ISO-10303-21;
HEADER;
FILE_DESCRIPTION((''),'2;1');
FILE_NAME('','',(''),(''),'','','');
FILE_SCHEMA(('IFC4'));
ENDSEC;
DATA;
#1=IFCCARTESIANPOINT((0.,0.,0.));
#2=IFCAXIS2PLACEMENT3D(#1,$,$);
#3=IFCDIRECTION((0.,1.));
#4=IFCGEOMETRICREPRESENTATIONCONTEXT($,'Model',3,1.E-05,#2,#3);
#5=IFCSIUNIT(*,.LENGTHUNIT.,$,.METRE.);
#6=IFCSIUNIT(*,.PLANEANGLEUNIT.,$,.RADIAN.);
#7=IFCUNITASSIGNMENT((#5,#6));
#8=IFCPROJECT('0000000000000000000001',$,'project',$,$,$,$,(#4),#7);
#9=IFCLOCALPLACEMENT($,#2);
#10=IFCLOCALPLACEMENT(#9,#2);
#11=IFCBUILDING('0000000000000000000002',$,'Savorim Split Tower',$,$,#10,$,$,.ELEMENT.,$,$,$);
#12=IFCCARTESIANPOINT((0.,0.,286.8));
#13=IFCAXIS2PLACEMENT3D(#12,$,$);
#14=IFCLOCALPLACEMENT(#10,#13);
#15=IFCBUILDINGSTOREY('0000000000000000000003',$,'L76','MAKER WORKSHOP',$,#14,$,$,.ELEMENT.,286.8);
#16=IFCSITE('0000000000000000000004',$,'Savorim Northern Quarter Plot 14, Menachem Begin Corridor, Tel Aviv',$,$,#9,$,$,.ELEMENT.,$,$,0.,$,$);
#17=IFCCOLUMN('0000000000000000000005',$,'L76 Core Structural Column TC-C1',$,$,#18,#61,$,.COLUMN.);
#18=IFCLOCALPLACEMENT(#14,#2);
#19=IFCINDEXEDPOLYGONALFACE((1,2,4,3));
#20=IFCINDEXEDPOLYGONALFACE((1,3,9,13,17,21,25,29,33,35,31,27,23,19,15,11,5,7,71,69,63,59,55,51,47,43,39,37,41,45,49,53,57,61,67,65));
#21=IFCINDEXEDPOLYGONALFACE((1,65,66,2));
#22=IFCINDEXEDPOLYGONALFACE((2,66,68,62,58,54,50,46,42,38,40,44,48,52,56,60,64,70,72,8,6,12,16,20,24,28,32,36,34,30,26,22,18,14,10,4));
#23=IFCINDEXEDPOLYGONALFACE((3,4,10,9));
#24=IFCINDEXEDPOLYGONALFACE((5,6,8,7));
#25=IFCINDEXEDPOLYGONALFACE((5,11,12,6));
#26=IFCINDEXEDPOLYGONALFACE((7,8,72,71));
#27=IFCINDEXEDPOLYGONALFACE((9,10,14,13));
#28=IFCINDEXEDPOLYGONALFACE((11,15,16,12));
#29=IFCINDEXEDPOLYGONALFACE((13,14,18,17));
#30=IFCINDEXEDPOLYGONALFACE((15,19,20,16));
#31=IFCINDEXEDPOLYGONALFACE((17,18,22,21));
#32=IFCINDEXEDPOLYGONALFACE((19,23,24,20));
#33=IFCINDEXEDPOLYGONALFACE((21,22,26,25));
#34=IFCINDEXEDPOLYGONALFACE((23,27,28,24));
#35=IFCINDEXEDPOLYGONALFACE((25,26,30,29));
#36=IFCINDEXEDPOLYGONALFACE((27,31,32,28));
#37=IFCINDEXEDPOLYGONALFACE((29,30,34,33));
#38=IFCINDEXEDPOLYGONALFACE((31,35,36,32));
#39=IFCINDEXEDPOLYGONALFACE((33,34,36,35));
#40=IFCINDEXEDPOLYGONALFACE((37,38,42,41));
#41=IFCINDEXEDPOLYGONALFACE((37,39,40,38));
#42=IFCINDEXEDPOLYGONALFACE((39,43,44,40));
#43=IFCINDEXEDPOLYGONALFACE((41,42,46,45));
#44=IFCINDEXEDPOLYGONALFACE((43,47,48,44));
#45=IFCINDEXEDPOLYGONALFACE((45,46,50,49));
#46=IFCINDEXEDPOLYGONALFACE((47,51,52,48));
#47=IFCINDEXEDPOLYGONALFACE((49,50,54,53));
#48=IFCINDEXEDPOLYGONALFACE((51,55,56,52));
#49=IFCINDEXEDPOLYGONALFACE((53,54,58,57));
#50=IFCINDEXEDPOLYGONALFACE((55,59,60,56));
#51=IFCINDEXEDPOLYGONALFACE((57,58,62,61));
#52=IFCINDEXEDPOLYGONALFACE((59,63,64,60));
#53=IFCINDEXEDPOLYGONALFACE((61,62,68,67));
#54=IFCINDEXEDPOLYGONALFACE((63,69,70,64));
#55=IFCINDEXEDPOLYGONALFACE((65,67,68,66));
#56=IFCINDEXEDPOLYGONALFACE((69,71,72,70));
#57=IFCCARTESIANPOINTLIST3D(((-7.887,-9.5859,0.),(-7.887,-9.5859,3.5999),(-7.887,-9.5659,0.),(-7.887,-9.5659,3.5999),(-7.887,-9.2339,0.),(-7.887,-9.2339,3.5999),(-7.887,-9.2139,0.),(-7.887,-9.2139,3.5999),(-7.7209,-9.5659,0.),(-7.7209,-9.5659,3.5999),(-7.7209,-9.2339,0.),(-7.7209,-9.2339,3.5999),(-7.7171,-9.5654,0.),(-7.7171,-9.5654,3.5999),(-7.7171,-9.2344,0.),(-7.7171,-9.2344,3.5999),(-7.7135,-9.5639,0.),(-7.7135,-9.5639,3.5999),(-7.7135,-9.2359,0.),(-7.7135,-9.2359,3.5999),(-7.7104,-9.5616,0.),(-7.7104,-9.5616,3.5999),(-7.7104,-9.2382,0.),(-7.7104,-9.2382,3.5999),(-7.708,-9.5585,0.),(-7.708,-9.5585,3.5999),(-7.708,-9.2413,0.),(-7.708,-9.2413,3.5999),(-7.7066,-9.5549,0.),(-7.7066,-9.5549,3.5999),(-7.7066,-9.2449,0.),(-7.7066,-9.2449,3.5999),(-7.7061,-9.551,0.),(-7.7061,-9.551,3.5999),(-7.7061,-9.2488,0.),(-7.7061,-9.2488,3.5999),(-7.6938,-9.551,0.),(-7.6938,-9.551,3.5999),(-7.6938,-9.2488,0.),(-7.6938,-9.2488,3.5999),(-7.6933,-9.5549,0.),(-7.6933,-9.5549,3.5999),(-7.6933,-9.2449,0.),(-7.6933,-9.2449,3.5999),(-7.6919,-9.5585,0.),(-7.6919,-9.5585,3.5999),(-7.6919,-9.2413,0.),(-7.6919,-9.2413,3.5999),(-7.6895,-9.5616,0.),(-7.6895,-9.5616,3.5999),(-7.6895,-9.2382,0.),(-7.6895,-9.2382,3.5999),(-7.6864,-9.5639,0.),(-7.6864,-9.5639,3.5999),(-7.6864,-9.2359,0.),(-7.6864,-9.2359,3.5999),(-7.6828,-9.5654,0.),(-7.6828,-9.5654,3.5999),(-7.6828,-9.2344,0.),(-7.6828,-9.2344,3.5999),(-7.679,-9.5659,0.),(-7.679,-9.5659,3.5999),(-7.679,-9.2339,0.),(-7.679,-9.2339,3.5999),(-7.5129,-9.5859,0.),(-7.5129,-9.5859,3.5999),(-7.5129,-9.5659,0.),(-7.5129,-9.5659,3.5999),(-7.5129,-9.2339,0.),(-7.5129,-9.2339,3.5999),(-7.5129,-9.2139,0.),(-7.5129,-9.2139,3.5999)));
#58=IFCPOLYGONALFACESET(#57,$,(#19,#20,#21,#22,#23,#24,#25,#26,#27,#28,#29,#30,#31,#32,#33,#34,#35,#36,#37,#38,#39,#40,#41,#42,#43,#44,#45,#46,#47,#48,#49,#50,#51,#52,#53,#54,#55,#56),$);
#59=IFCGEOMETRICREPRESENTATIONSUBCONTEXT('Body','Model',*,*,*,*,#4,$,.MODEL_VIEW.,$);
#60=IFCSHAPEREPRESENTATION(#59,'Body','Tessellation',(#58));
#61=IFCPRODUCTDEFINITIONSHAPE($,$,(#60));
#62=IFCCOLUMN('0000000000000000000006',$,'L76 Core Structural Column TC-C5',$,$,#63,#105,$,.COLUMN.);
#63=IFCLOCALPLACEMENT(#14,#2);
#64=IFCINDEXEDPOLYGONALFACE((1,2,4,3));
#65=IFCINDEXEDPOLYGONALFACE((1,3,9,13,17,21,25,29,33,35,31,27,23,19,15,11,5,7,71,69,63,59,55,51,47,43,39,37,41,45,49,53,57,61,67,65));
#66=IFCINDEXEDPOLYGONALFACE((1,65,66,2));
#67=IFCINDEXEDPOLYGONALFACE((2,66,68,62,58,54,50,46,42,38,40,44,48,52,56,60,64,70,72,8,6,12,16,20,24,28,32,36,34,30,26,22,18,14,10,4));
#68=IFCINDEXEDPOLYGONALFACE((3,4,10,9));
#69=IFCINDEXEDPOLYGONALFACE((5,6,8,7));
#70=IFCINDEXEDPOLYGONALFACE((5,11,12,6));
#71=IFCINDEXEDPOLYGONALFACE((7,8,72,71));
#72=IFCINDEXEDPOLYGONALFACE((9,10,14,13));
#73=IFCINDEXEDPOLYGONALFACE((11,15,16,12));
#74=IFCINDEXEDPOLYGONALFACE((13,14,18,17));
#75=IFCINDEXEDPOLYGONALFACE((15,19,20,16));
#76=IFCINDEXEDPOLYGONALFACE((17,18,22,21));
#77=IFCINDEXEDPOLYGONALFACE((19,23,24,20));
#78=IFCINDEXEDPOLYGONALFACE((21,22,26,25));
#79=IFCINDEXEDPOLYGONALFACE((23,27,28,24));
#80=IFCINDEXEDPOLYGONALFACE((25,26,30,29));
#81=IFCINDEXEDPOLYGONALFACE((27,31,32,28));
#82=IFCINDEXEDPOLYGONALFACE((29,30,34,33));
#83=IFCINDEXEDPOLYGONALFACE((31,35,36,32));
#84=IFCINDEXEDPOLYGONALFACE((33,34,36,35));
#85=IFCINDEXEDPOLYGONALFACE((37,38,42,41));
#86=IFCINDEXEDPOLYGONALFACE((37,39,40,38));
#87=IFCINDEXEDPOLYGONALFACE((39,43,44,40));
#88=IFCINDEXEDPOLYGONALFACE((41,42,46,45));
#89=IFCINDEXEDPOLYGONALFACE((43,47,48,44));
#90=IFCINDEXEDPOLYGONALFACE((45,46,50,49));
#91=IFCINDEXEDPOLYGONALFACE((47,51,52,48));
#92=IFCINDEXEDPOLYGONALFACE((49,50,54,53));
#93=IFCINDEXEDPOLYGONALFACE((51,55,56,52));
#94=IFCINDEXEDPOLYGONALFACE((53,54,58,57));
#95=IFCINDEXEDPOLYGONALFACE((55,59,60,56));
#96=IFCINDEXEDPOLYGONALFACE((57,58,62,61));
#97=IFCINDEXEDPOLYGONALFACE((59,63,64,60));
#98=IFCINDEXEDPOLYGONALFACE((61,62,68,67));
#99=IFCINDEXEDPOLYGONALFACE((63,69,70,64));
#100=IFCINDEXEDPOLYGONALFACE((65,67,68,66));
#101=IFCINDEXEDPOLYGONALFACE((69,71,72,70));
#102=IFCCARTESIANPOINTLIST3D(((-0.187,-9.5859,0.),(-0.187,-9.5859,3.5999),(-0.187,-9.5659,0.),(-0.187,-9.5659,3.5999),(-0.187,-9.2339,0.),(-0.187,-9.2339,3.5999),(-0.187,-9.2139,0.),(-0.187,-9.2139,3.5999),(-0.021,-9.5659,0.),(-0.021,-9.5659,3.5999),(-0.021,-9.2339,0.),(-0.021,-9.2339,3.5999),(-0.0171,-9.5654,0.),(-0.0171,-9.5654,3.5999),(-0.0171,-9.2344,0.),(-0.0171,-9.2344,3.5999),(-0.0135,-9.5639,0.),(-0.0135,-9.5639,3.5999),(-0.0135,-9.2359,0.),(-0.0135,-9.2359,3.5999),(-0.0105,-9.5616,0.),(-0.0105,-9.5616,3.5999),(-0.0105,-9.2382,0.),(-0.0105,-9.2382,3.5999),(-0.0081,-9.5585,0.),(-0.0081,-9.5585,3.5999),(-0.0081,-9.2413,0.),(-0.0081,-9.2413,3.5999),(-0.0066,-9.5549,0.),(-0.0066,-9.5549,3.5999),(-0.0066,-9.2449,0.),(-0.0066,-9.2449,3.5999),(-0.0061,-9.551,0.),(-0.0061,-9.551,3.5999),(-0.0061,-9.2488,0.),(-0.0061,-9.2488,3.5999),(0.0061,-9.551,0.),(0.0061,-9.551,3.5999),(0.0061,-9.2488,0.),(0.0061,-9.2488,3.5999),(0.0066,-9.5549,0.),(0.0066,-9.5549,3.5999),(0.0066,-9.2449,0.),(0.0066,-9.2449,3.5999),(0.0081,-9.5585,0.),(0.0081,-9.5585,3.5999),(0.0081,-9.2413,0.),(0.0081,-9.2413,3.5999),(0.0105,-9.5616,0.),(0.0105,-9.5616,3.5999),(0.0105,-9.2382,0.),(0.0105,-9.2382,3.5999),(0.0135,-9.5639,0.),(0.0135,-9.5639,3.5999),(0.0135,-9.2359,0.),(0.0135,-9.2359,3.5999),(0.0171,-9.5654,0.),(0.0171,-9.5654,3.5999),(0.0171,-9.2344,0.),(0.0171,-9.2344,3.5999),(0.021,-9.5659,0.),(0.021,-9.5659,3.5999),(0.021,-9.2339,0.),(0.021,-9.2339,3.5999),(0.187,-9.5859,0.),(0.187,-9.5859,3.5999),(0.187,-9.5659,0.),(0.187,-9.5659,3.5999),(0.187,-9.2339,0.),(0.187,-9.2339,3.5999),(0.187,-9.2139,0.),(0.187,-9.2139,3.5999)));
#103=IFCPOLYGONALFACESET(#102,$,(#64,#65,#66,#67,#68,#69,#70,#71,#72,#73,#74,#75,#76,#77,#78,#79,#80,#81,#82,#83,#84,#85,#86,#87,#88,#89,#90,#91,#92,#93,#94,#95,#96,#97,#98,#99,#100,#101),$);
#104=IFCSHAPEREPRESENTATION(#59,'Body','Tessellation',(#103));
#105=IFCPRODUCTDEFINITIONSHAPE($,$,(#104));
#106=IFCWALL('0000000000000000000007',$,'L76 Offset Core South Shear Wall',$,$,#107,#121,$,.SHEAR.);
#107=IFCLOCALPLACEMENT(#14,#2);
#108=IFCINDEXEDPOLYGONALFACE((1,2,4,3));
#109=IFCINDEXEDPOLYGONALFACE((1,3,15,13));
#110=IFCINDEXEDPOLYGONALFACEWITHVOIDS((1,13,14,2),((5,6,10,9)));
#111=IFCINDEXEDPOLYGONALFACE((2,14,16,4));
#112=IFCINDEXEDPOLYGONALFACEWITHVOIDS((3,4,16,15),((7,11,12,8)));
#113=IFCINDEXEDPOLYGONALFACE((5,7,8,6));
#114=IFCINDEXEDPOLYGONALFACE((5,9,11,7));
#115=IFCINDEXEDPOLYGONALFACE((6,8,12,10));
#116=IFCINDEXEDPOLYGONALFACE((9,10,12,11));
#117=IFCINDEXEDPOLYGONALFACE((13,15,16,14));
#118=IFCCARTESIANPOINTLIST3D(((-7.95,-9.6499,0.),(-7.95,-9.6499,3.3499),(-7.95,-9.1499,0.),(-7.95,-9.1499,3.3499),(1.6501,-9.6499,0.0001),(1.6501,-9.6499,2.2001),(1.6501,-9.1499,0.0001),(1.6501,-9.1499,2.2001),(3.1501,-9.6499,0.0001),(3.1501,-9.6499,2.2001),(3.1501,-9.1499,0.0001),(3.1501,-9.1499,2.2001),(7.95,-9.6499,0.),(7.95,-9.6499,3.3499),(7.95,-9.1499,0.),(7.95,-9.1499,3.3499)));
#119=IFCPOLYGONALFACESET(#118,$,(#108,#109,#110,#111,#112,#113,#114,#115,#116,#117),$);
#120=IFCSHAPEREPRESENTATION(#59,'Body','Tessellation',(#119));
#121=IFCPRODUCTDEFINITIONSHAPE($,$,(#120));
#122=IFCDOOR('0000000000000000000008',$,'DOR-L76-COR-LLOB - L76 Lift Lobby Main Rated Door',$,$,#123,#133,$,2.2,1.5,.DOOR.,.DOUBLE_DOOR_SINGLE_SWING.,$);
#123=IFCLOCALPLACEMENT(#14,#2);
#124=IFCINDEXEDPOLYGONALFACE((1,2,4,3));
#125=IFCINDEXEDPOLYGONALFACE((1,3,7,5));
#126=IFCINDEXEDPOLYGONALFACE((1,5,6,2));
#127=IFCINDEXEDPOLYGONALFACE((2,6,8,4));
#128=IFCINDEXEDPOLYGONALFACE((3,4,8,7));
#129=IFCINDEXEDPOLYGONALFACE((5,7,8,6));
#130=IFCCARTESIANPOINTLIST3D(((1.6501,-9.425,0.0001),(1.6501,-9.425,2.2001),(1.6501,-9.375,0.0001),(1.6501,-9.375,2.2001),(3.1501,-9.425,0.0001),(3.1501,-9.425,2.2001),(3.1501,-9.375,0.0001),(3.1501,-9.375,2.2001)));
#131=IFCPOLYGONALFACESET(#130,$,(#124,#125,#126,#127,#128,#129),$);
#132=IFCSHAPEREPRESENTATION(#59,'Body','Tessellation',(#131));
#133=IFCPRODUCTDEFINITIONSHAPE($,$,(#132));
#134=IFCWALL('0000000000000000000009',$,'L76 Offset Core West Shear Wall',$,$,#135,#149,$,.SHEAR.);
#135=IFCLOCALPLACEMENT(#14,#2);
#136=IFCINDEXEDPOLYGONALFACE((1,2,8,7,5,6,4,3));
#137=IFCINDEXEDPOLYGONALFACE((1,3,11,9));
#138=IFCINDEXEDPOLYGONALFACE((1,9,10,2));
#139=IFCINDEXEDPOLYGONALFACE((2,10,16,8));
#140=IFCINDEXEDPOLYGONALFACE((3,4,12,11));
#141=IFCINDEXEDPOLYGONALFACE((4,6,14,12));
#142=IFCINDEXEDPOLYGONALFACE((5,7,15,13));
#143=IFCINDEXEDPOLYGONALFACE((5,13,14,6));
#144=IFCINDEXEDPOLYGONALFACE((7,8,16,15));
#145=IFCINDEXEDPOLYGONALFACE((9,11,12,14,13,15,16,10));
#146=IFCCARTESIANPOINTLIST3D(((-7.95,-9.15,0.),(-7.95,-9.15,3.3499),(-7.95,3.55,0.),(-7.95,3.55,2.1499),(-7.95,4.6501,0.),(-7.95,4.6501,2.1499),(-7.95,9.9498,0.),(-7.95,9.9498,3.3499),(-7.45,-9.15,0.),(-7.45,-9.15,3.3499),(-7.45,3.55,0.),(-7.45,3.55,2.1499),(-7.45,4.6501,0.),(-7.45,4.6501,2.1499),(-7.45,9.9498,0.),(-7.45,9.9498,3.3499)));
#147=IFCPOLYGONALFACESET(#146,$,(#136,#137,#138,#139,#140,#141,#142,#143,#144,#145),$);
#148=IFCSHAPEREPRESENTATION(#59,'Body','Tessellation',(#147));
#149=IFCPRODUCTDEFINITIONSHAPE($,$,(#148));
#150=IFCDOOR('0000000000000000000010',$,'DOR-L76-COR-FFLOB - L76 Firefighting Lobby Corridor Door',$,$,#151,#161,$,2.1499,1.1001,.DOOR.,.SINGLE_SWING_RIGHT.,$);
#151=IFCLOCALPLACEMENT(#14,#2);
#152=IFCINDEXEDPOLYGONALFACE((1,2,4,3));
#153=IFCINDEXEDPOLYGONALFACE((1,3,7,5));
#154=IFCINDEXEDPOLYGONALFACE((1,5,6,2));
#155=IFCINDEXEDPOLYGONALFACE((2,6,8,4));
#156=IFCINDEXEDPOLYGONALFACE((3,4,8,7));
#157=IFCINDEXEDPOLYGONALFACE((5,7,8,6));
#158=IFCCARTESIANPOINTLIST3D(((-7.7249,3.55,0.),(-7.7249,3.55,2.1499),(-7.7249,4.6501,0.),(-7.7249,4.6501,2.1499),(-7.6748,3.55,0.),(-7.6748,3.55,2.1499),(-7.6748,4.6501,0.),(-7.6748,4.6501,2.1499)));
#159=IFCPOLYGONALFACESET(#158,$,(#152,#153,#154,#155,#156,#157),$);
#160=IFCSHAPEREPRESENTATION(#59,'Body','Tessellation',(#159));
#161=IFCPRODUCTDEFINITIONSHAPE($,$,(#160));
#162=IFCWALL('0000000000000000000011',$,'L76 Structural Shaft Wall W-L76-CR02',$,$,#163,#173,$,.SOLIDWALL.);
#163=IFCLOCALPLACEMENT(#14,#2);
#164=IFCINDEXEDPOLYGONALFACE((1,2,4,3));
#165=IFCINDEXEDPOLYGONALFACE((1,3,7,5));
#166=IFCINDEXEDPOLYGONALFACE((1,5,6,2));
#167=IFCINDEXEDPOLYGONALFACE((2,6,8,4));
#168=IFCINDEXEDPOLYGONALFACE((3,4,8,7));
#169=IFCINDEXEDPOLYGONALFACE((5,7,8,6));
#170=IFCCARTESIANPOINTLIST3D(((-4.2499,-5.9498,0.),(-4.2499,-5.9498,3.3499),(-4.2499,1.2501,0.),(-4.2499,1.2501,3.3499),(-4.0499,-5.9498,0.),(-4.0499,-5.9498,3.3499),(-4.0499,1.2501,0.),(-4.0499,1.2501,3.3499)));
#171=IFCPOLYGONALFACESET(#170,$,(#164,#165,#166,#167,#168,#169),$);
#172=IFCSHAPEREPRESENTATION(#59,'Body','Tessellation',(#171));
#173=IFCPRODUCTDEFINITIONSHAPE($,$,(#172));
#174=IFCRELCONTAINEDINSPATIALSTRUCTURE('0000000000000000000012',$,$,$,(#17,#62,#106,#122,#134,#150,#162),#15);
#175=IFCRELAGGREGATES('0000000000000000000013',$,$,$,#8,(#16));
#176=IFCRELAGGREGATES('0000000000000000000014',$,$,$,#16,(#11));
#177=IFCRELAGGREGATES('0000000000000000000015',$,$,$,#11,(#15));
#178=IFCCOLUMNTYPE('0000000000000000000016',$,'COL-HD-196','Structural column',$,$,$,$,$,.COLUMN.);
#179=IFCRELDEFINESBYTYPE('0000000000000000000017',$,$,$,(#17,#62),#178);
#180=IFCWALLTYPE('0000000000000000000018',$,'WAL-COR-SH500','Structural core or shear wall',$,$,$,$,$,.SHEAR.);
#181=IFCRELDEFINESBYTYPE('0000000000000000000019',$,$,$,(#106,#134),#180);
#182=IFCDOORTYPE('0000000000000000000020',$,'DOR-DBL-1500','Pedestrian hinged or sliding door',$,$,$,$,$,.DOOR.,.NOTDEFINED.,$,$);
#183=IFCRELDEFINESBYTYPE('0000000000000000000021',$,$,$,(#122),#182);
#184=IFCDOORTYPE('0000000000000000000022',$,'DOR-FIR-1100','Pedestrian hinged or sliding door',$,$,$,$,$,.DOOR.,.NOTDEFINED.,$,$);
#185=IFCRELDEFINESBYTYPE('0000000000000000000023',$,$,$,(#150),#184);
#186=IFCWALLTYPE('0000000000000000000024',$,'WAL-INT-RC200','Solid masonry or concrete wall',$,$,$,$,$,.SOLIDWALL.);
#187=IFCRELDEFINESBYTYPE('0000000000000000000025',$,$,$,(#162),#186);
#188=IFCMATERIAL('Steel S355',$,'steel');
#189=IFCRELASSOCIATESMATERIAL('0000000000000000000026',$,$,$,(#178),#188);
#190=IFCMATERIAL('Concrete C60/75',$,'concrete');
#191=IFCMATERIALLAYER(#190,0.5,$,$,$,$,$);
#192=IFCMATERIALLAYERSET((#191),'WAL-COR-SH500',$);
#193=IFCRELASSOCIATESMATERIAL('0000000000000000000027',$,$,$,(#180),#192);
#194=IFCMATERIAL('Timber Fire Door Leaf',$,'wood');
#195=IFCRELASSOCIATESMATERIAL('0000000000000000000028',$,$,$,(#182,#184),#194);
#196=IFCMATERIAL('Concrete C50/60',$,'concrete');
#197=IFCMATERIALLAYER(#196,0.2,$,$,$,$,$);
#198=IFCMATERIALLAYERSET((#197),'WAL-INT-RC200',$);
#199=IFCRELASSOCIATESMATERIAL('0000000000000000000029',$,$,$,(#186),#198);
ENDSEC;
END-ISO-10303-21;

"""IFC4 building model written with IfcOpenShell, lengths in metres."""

from ifc_helpers import new_model, si_unit, direction, frame, frame_2d, origin, origin_2d, place, context, subcontext, project, spatial, rectangle, i_section, extrude, material, layer, layer_set, material_profile, profile_set, type_object, element, fill, save


model = new_model("IFC4")

# Units and contexts
model_context = context("Model", 3, precision=1e-05, world=origin(), true_north=direction((0.0, 1.0)))
body_context = subcontext(model_context, "Body", "Model", "MODEL_VIEW")
ifc_project = project(units=[si_unit("LENGTHUNIT", "METRE"), si_unit("PLANEANGLEUNIT", "RADIAN")], contexts=[model_context])

# Site, building, storey
site_placement = place(None, origin())
site = spatial("IfcSite", under=ifc_project, at=site_placement, Name="Savorim Northern Quarter Plot 14, Menachem Begin Corridor, Tel Aviv", CompositionType="ELEMENT", RefElevation=0.0)
building_placement = place(site_placement, origin())
building = spatial("IfcBuilding", under=site, at=building_placement, Name="Savorim Split Tower", CompositionType="ELEMENT")
storey_placement = place(building_placement, frame((0.0, 0.0, 286.8)))
storey = spatial("IfcBuildingStorey", under=building, at=storey_placement, Name="L76", Description="MAKER WORKSHOP", CompositionType="ELEMENT", Elevation=286.8)

# Columns
ifc_material_1 = material(Name="Steel S355", Category="steel")
ifc_material_profile = material_profile(ifc_material_1, i_section(OverallWidth=0.374, OverallDepth=0.3721, WebThickness=0.0122, FlangeThickness=0.02, FilletRadius=0.0149, at=origin_2d()), Name="HD 360x196")
ifc_profile_set = profile_set([ifc_material_profile], Name="Steel S355")
column_type = type_object("IfcColumnType", Name="COL-HD-196", Description="Structural column", PredefinedType="COLUMN", material=ifc_profile_set)
for number, where, z_axis, x_axis, name in (
    (1, (-7.7, -9.3999, 0.0), (0.0, 0.0, 1.0), (1.0, 0.0, 0.0), "L76 Core Structural Column TC-C1"),
    (2, (0.0, -9.3999, 0.0), (0.0, 0.0, 1.0), (1.0, 0.0, 0.0), "L76 Core Structural Column TC-C5"),
):
    element("IfcColumn", number, at=place(storey_placement, frame(where, z_axis=z_axis, x_axis=x_axis)), inside=storey, type_object=column_type, Name=name, PredefinedType="COLUMN", context=body_context, shape_type="SweptSolid", body=[
        extrude(i_section(OverallWidth=0.374, OverallDepth=0.3721, WebThickness=0.0122, FlangeThickness=0.02, FilletRadius=0.0149, at=origin_2d()), origin(), (0.0, 0.0, 1.0), 3.5999),
    ])

# Walls, openings, doors
ifc_material_2 = material(Name="Concrete C60/75", Category="concrete")
ifc_layer_1 = layer(ifc_material_2, 0.5)
ifc_layer_set_1 = layer_set([ifc_layer_1], Name="WAL-COR-SH500")
wall_type_1 = type_object("IfcWallType", Name="WAL-COR-SH500", Description="Structural core or shear wall", PredefinedType="SHEAR", material=ifc_layer_set_1)
wall_1_placement = place(storey_placement, frame((-7.95, -9.3999, 0.0), z_axis=(0.0, 0.0, 1.0), x_axis=(1.0, 0.0, 0.0)))
wall_1 = element("IfcWall", 3, at=wall_1_placement, inside=storey, type_object=wall_type_1, Name="L76 Offset Core South Shear Wall", PredefinedType="SHEAR", context=body_context, shape_type="SweptSolid", body=[
    extrude(rectangle(XDim=15.8999, YDim=0.5, at=frame_2d((7.95, 0.0))), origin(), (0.0, 0.0, 1.0), 3.3499),
])
opening_1_placement = place(wall_1_placement, frame((9.6001, 0.0, 0.0)))
opening_1 = element("IfcOpeningElement", 4, at=opening_1_placement, cuts=wall_1, PredefinedType="OPENING", context=body_context, shape_type="SweptSolid", body=[
    extrude(rectangle(XDim=1.5, YDim=2.2, at=frame_2d((0.75, 1.1001))), frame((0.0, 0.26, 0.0), z_axis=(0.0, -1.0, 0.0), x_axis=(1.0, 0.0, 0.0)), (0.0, 0.0, 1.0), 0.52),
])
ifc_material_3 = material(Name="Timber Fire Door Leaf", Category="wood")
door_type_1 = type_object("IfcDoorType", Name="DOR-DBL-1500", Description="Pedestrian hinged or sliding door", OperationType="NOTDEFINED", PredefinedType="DOOR", material=ifc_material_3)
door_1_placement = place(opening_1_placement, origin())
door_1 = element("IfcDoor", 5, at=door_1_placement, inside=storey, type_object=door_type_1, Name="DOR-L76-COR-LLOB - L76 Lift Lobby Main Rated Door", OperationType="DOUBLE_DOOR_SINGLE_SWING", OverallHeight=2.2, OverallWidth=1.5, PredefinedType="DOOR", context=body_context, shape_type="SweptSolid", body=[
    extrude(rectangle(XDim=1.5, YDim=2.2, at=frame_2d((0.75, 1.1001))), frame((0.0, 0.0249, 0.0), z_axis=(0.0, -1.0, 0.0), x_axis=(1.0, 0.0, 0.0)), (0.0, 0.0, 1.0), 0.05),
])
fill(opening_1, door_1)
wall_2_placement = place(storey_placement, frame((-7.7, -9.1499, 0.0), z_axis=(0.0, 0.0, 1.0), x_axis=(0.0, 1.0, 0.0)))
wall_2 = element("IfcWall", 6, at=wall_2_placement, inside=storey, type_object=wall_type_1, Name="L76 Offset Core West Shear Wall", PredefinedType="SHEAR", context=body_context, shape_type="SweptSolid", body=[
    extrude(rectangle(XDim=19.0999, YDim=0.5, at=frame_2d((9.5498, 0.0))), origin(), (0.0, 0.0, 1.0), 3.3499),
])
opening_2_placement = place(wall_2_placement, frame((12.7, 0.0, 0.0)))
opening_2 = element("IfcOpeningElement", 7, at=opening_2_placement, cuts=wall_2, PredefinedType="OPENING", context=body_context, shape_type="SweptSolid", body=[
    extrude(rectangle(XDim=1.1001, YDim=2.1499, at=frame_2d((0.55, 1.075))), frame((0.0, 0.26, 0.0), z_axis=(0.0, -1.0, 0.0), x_axis=(1.0, 0.0, 0.0)), (0.0, 0.0, 1.0), 0.52),
])
door_type_2 = type_object("IfcDoorType", Name="DOR-FIR-1100", Description="Pedestrian hinged or sliding door", OperationType="NOTDEFINED", PredefinedType="DOOR", material=ifc_material_3)
door_2_placement = place(opening_2_placement, origin())
door_2 = element("IfcDoor", 8, at=door_2_placement, inside=storey, type_object=door_type_2, Name="DOR-L76-COR-FFLOB - L76 Firefighting Lobby Corridor Door", OperationType="SINGLE_SWING_RIGHT", OverallHeight=2.1499, OverallWidth=1.1001, PredefinedType="DOOR", context=body_context, shape_type="SweptSolid", body=[
    extrude(rectangle(XDim=1.1001, YDim=2.1499, at=frame_2d((0.55, 1.075))), frame((0.0, 0.0249, 0.0), z_axis=(0.0, -1.0, 0.0), x_axis=(1.0, 0.0, 0.0)), (0.0, 0.0, 1.0), 0.05),
])
fill(opening_2, door_2)

# Wall
ifc_material_4 = material(Name="Concrete C50/60", Category="concrete")
ifc_layer_2 = layer(ifc_material_4, 0.2)
ifc_layer_set_2 = layer_set([ifc_layer_2], Name="WAL-INT-RC200")
wall_type_2 = type_object("IfcWallType", Name="WAL-INT-RC200", Description="Solid masonry or concrete wall", PredefinedType="SOLIDWALL", material=ifc_layer_set_2)
wall_3_placement = place(storey_placement, frame((-4.1499, -5.95, 0.0), z_axis=(0.0, 0.0, 1.0), x_axis=(0.0, 1.0, 0.0)))
element("IfcWall", 9, at=wall_3_placement, inside=storey, type_object=wall_type_2, Name="L76 Structural Shaft Wall W-L76-CR02", PredefinedType="SOLIDWALL", context=body_context, shape_type="SweptSolid", body=[
    extrude(rectangle(XDim=7.2, YDim=0.2, at=frame_2d((3.6001, 0.0))), origin(), (0.0, 0.0, 1.0), 3.3499),
])

save(model, "model.ifc")
